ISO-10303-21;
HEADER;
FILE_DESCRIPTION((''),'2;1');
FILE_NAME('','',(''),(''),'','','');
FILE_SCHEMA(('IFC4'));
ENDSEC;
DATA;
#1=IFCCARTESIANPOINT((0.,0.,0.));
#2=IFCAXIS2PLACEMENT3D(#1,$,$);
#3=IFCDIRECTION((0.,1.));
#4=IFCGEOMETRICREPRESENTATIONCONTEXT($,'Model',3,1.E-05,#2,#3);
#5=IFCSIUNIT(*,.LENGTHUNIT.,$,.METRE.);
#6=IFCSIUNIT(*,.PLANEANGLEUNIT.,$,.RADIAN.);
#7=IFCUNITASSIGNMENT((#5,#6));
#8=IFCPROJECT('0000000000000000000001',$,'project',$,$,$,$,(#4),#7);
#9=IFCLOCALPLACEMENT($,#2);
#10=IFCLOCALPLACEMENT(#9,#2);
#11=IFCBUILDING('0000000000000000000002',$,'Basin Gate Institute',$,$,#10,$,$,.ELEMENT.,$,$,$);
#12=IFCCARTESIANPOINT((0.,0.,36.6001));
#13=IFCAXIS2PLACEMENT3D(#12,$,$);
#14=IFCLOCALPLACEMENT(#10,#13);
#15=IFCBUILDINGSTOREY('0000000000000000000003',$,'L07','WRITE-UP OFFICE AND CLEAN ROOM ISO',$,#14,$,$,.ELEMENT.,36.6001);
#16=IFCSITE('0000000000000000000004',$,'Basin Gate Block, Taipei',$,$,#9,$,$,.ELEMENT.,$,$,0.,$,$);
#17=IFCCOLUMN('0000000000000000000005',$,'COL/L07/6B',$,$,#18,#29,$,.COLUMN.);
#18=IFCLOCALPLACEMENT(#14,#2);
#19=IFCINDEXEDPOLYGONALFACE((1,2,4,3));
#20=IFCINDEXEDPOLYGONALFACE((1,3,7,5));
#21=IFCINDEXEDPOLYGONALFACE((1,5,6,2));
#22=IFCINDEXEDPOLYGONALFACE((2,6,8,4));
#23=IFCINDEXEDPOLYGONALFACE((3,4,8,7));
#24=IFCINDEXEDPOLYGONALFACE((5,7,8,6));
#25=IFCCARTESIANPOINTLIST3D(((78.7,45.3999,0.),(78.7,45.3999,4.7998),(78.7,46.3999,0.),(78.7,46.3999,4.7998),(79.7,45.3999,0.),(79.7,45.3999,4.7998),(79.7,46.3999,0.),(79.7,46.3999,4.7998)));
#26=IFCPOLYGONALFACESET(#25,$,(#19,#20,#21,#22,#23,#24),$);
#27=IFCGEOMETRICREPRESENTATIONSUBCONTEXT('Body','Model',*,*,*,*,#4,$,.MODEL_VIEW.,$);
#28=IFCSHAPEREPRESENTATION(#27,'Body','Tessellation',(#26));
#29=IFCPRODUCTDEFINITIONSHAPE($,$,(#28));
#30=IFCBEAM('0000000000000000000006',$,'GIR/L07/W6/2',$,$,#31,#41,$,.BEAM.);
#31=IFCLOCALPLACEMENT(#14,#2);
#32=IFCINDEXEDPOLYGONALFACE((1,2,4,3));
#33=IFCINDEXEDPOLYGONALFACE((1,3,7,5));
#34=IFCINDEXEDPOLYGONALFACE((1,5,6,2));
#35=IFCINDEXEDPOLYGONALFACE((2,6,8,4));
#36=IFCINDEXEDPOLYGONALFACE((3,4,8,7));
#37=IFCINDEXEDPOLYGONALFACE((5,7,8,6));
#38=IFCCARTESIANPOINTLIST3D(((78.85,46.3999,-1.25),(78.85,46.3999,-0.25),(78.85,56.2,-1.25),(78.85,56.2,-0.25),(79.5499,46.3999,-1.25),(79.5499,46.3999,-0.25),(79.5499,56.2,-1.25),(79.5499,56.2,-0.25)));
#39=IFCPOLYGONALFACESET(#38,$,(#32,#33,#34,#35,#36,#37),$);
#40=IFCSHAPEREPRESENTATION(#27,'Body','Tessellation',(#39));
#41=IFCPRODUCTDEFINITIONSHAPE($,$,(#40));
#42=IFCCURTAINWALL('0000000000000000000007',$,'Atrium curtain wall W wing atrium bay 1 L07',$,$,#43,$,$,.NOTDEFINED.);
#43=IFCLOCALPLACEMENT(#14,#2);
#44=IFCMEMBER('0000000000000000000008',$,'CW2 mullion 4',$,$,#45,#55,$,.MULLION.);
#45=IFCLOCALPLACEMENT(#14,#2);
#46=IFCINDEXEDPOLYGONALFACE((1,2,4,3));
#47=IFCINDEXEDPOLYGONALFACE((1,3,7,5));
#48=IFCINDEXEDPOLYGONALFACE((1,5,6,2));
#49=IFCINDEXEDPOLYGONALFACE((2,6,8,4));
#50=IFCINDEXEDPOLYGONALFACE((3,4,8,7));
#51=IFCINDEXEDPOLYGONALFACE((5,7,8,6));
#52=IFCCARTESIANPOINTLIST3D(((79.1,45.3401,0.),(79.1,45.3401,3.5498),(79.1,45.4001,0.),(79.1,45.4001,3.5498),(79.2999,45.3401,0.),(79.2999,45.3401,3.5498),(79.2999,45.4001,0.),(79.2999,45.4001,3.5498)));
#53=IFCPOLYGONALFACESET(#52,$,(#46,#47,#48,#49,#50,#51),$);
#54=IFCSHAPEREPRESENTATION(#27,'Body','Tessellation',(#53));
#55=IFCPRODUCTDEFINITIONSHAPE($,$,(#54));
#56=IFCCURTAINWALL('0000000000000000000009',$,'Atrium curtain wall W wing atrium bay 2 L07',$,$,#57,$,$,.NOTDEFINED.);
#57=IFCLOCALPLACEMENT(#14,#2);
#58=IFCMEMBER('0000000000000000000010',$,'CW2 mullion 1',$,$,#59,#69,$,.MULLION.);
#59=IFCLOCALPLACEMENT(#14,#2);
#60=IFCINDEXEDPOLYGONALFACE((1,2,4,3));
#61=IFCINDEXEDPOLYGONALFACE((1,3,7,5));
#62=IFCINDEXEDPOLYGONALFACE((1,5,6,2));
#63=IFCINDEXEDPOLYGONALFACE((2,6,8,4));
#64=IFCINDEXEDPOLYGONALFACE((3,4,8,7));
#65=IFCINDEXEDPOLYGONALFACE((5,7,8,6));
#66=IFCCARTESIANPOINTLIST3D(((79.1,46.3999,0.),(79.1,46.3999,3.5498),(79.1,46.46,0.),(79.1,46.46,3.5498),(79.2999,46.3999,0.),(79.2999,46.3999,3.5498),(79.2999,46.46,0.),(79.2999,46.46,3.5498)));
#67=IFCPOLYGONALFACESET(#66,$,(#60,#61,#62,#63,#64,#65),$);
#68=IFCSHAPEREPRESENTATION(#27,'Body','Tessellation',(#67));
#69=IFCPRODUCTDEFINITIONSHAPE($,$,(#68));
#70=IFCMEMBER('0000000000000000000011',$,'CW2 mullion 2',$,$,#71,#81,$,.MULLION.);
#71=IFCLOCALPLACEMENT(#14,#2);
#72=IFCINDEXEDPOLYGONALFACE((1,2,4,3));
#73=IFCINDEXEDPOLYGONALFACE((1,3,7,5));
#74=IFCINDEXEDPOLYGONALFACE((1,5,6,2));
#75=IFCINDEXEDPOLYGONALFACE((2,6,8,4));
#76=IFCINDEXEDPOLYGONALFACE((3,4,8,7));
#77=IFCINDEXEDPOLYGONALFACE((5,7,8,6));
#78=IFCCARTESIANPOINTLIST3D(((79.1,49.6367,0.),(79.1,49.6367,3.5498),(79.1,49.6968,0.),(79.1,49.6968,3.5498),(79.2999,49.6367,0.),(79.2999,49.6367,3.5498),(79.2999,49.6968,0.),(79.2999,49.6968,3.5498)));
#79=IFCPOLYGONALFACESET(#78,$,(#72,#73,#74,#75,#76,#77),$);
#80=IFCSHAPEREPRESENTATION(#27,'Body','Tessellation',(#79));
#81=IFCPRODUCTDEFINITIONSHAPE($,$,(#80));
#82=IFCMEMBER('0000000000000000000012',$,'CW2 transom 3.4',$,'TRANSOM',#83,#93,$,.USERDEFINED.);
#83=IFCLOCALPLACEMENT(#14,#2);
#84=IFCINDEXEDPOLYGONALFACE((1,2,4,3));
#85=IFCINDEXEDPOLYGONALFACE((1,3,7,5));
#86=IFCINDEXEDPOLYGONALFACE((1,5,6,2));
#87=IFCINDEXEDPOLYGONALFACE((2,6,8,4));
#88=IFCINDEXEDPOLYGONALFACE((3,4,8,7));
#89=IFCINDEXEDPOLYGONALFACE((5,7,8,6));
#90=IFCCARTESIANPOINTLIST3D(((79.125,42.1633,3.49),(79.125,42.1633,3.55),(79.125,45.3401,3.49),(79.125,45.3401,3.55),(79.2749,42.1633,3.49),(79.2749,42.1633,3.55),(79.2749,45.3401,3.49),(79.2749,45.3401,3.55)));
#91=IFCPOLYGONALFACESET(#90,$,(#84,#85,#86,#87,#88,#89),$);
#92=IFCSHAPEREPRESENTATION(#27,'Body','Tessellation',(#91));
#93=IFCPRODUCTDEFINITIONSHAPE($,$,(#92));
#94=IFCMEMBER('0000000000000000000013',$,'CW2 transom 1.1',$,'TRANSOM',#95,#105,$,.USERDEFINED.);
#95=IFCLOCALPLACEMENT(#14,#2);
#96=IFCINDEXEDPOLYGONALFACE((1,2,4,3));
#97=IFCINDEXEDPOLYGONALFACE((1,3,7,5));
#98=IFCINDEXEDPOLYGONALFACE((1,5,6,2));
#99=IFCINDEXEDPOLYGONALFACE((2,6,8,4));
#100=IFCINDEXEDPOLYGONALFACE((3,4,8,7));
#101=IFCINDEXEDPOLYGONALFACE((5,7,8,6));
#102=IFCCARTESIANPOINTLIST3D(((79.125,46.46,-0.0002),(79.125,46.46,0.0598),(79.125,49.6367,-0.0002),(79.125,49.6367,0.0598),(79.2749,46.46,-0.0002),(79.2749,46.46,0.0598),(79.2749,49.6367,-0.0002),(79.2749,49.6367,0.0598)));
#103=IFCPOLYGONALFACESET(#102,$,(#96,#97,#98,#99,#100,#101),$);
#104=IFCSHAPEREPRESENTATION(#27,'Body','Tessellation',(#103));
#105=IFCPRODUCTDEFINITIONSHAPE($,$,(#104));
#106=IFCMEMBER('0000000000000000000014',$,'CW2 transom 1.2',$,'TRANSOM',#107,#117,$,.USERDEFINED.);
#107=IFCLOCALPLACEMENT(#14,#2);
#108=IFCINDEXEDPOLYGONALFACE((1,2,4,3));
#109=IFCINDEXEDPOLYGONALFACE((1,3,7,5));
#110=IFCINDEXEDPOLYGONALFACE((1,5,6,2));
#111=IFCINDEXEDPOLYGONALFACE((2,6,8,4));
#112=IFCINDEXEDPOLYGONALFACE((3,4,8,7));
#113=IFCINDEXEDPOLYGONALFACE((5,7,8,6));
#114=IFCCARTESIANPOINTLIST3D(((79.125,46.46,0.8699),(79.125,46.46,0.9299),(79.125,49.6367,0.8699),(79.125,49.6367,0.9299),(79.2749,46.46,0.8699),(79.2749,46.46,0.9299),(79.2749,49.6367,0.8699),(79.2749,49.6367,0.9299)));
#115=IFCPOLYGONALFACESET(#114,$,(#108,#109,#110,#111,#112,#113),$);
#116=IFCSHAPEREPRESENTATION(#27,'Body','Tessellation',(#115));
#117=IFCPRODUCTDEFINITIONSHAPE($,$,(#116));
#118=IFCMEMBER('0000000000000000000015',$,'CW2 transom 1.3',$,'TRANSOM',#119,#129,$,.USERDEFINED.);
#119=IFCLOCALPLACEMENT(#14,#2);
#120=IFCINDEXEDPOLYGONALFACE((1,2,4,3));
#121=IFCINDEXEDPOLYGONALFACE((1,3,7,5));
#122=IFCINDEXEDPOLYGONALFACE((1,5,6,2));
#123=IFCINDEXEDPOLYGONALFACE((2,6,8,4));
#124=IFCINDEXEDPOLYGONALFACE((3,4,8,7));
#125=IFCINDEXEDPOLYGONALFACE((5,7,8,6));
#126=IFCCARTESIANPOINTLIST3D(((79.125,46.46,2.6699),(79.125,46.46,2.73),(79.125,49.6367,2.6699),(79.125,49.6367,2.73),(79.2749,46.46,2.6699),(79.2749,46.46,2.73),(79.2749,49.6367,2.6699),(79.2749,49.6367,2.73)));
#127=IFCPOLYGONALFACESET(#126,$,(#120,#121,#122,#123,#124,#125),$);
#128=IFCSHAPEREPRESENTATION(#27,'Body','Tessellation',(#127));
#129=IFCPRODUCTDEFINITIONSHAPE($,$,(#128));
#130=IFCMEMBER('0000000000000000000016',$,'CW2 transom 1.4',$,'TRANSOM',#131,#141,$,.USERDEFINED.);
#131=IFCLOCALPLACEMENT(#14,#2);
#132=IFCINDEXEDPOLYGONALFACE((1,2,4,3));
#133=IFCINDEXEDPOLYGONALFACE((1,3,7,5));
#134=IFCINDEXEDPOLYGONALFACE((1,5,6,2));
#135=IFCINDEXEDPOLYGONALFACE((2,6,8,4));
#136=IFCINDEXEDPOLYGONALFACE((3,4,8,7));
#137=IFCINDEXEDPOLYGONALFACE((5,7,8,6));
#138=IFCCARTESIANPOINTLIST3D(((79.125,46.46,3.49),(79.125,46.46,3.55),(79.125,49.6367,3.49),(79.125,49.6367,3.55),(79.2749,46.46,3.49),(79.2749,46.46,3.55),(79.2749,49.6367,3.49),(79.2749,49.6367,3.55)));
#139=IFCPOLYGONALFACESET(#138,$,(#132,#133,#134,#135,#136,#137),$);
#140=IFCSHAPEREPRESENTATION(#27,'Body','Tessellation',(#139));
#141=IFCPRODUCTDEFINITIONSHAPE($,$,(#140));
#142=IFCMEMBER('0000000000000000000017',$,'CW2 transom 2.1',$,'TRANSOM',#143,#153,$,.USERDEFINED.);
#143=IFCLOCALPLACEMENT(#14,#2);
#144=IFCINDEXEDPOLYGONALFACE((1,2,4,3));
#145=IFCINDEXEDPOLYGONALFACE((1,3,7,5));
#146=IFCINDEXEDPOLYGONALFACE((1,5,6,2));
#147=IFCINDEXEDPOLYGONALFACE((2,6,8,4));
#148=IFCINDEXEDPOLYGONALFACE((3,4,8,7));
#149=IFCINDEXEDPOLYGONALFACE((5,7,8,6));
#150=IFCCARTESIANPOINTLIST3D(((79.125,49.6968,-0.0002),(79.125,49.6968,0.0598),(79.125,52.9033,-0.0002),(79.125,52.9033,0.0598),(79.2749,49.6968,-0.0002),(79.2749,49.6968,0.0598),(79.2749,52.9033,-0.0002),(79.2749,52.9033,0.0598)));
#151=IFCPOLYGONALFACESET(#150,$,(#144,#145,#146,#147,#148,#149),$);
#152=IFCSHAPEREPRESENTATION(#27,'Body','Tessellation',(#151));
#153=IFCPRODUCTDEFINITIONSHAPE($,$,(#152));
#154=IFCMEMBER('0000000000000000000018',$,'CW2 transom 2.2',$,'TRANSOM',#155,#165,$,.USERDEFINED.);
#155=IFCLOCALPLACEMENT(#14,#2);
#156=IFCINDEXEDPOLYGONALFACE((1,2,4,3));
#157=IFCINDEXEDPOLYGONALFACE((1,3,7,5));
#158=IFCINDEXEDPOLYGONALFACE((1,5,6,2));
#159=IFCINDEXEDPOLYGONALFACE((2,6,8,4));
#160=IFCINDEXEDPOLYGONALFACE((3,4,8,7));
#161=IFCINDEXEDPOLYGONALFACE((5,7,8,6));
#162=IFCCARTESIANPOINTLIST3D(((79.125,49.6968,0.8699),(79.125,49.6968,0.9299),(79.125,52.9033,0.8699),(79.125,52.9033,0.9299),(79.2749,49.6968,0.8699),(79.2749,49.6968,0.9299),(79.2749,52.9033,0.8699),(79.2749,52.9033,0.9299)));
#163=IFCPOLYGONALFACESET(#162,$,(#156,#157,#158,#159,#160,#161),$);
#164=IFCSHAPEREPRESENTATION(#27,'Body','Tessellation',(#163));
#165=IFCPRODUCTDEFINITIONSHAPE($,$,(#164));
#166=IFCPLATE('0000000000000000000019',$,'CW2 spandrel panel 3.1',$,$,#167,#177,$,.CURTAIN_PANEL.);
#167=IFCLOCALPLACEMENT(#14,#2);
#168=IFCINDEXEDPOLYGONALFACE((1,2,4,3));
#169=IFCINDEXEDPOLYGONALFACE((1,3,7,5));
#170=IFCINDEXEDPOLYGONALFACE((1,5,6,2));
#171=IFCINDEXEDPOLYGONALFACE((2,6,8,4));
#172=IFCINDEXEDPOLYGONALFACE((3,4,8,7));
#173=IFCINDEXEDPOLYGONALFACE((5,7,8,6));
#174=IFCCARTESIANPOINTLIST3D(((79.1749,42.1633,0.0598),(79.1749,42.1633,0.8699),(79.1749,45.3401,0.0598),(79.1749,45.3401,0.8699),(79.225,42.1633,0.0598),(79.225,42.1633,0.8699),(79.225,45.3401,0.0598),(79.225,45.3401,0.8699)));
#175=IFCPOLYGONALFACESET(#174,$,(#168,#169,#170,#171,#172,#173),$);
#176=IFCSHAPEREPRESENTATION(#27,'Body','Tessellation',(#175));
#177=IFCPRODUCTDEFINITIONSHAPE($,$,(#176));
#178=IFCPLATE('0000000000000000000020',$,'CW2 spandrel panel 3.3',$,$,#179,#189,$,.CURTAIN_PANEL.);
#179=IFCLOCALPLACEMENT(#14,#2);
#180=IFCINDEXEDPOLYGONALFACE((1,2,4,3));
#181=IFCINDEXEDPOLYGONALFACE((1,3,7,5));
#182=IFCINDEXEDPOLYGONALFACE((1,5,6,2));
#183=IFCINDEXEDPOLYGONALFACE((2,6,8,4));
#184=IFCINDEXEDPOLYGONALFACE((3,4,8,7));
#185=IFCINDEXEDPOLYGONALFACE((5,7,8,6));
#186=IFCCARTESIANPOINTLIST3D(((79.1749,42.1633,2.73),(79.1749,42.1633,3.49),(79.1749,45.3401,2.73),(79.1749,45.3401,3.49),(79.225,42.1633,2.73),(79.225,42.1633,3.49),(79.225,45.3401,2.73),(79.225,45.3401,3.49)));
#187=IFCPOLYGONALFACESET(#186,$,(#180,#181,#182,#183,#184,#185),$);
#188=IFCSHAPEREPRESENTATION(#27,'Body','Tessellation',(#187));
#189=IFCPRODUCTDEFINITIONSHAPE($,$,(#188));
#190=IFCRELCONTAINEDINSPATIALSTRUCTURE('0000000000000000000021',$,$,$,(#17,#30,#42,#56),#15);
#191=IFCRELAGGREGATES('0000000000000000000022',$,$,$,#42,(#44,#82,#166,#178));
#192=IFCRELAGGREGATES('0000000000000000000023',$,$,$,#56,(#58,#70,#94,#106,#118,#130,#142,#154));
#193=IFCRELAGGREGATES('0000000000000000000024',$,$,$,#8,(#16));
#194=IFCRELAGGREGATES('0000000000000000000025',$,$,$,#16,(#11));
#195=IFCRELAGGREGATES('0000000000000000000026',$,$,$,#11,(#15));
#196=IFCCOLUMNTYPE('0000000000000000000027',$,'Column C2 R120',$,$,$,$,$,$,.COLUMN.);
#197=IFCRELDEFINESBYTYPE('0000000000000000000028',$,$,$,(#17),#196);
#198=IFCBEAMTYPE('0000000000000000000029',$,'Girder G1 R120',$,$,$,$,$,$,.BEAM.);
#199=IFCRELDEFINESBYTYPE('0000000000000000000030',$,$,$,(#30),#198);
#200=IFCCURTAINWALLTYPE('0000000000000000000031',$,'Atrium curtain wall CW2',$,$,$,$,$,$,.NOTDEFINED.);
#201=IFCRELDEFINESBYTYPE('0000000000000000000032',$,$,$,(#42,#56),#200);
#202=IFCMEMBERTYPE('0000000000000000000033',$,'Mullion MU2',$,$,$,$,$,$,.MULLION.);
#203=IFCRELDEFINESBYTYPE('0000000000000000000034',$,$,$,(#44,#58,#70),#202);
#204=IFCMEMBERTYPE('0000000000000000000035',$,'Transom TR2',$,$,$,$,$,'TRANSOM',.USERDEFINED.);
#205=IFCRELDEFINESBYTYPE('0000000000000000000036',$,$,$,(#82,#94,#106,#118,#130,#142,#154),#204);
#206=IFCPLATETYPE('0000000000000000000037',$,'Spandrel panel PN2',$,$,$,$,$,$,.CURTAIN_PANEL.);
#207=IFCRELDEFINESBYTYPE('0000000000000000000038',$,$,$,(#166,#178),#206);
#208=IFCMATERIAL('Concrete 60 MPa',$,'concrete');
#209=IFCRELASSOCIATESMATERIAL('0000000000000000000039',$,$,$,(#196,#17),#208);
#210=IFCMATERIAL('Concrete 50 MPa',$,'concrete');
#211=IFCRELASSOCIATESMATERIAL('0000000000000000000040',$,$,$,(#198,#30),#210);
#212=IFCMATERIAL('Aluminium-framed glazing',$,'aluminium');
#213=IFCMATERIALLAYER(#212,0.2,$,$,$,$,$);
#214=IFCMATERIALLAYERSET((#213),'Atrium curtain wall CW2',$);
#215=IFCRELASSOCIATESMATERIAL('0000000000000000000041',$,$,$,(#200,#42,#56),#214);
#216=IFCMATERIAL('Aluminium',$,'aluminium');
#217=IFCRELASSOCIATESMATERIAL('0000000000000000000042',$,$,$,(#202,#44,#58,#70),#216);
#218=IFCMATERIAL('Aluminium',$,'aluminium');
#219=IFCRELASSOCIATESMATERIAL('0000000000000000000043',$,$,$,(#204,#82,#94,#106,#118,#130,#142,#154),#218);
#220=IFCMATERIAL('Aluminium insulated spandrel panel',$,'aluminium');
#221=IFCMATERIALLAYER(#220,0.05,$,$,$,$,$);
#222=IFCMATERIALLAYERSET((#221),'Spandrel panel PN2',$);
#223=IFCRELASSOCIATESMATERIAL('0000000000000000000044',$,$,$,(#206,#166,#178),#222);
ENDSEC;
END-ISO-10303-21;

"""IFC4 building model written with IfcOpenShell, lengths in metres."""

from ifc_helpers import new_model, si_unit, direction, frame, origin, origin_2d, place, context, subcontext, project, spatial, rectangle, extrude, material, layer, layer_set, material_profile, profile_set, type_object, element, aggregate, save


model = new_model("IFC4")

# Units and contexts
model_context = context("Model", 3, precision=1e-05, world=origin(), true_north=direction((0.0, 1.0)))
body_context = subcontext(model_context, "Body", "Model", "MODEL_VIEW")
ifc_project = project(units=[si_unit("LENGTHUNIT", "METRE"), si_unit("PLANEANGLEUNIT", "RADIAN")], contexts=[model_context])

# Site, building, storey
site_placement = place(None, origin())
site = spatial("IfcSite", under=ifc_project, at=site_placement, Name="Basin Gate Block, Taipei", CompositionType="ELEMENT", RefElevation=0.0)
building_placement = place(site_placement, origin())
building = spatial("IfcBuilding", under=site, at=building_placement, Name="Basin Gate Institute", CompositionType="ELEMENT")
storey_placement = place(building_placement, frame((0.0, 0.0, 36.6001)))
storey = spatial("IfcBuildingStorey", under=building, at=storey_placement, Name="L07", Description="WRITE-UP OFFICE AND CLEAN ROOM ISO", CompositionType="ELEMENT", Elevation=36.6001)

# Column
ifc_material_1 = material(Name="Concrete 60 MPa", Category="concrete")
ifc_material_profile_1 = material_profile(ifc_material_1, rectangle(XDim=1.0, YDim=1.0, at=origin_2d()), Name="Column C2 1000 x 1000")
ifc_profile_set_1 = profile_set([ifc_material_profile_1], Name="Concrete 60 MPa")
column_type = type_object("IfcColumnType", Name="Column C2 R120", PredefinedType="COLUMN", material=ifc_profile_set_1)
column_placement = place(storey_placement, frame((79.2, 45.8999, 0.0), z_axis=(0.0, 0.0, 1.0), x_axis=(1.0, 0.0, 0.0)))
element("IfcColumn", 1, at=column_placement, inside=storey, type_object=column_type, material=ifc_profile_set_1, Name="COL/L07/6B", PredefinedType="COLUMN", context=body_context, shape_type="SweptSolid", body=[
    extrude(rectangle(XDim=1.0, YDim=1.0, at=origin_2d()), origin(), (0.0, 0.0, 1.0), 4.7998),
])

# Beam
ifc_material_2 = material(Name="Concrete 50 MPa", Category="concrete")
ifc_material_profile_2 = material_profile(ifc_material_2, rectangle(XDim=0.7, YDim=1.0, at=origin_2d()), Name="Girder G1 700 x 1000")
ifc_profile_set_2 = profile_set([ifc_material_profile_2], Name="Concrete 50 MPa")
beam_type = type_object("IfcBeamType", Name="Girder G1 R120", PredefinedType="BEAM", material=ifc_profile_set_2)
beam_placement = place(storey_placement, frame((79.2, 46.3999, -0.75), z_axis=(0.0, 1.0, 0.0), x_axis=(-1.0, 0.0, 0.0)))
element("IfcBeam", 2, at=beam_placement, inside=storey, type_object=beam_type, material=ifc_profile_set_2, Name="GIR/L07/W6/2", PredefinedType="BEAM", context=body_context, shape_type="SweptSolid", body=[
    extrude(rectangle(XDim=0.7, YDim=1.0, at=origin_2d()), origin(), (0.0, 0.0, 1.0), 9.8),
])

# Curtain wall, member
ifc_material_3 = material(Name="Aluminium-framed glazing", Category="aluminium")
ifc_layer_1 = layer(ifc_material_3, 0.2)
ifc_layer_set_1 = layer_set([ifc_layer_1], Name="Atrium curtain wall CW2")
curtain_wall_type = type_object("IfcCurtainWallType", Name="Atrium curtain wall CW2", PredefinedType="NOTDEFINED", material=ifc_layer_set_1)
curtain_wall_1_placement = place(storey_placement, origin())
curtain_wall_1 = element("IfcCurtainWall", 3, at=curtain_wall_1_placement, inside=storey, type_object=curtain_wall_type, material=ifc_layer_set_1, Name="Atrium curtain wall W wing atrium bay 1 L07", PredefinedType="NOTDEFINED")
ifc_material_4 = material(Name="Aluminium", Category="aluminium")
ifc_material_profile_3 = material_profile(ifc_material_4, rectangle(XDim=0.2, YDim=0.0601, at=origin_2d()), Name="Mullion MU2 200 x 60")
ifc_profile_set_3 = profile_set([ifc_material_profile_3], Name="Aluminium")
member_type_1 = type_object("IfcMemberType", Name="Mullion MU2", PredefinedType="MULLION", material=ifc_profile_set_3)
member_1_placement = place(storey_placement, frame((79.2, 45.3701, 0.0), z_axis=(0.0, 0.0, 1.0), x_axis=(-1.0, 0.0, 0.0)))
member_1 = element("IfcMember", 4, at=member_1_placement, type_object=member_type_1, material=ifc_profile_set_3, Name="CW2 mullion 4", PredefinedType="MULLION", context=body_context, shape_type="SweptSolid", body=[
    extrude(rectangle(XDim=0.2, YDim=0.0601, at=origin_2d()), origin(), (0.0, 0.0, 1.0), 3.5498),
])

# Curtain wall, members
curtain_wall_2_placement = place(storey_placement, origin())
curtain_wall_2 = element("IfcCurtainWall", 5, at=curtain_wall_2_placement, inside=storey, type_object=curtain_wall_type, material=ifc_layer_set_1, Name="Atrium curtain wall W wing atrium bay 2 L07", PredefinedType="NOTDEFINED")
member_2_placement = place(storey_placement, frame((79.2, 46.4299, 0.0), z_axis=(0.0, 0.0, 1.0), x_axis=(-1.0, 0.0, 0.0)))
member_2 = element("IfcMember", 6, at=member_2_placement, type_object=member_type_1, material=ifc_profile_set_3, Name="CW2 mullion 1", PredefinedType="MULLION", context=body_context, shape_type="SweptSolid", body=[
    extrude(rectangle(XDim=0.2, YDim=0.0601, at=origin_2d()), origin(), (0.0, 0.0, 1.0), 3.5498),
])
member_3_placement = place(storey_placement, frame((79.2, 49.6667, 0.0), z_axis=(0.0, 0.0, 1.0), x_axis=(-1.0, 0.0, 0.0)))
member_3 = element("IfcMember", 7, at=member_3_placement, type_object=member_type_1, material=ifc_profile_set_3, Name="CW2 mullion 2", PredefinedType="MULLION", context=body_context, shape_type="SweptSolid", body=[
    extrude(rectangle(XDim=0.2, YDim=0.0601, at=origin_2d()), origin(), (0.0, 0.0, 1.0), 3.5498),
])

# Members
ifc_material_5 = material(Name="Aluminium", Category="aluminium")
ifc_material_profile_4 = material_profile(ifc_material_5, rectangle(XDim=0.1499, YDim=0.0601, at=origin_2d()), Name="Transom TR2 150 x 60")
ifc_profile_set_4 = profile_set([ifc_material_profile_4], Name="Aluminium")
member_type_2 = type_object("IfcMemberType", Name="Transom TR2", ElementType="TRANSOM", PredefinedType="USERDEFINED", material=ifc_profile_set_4)
member_4_placement = place(storey_placement, frame((79.2, 42.1633, 3.52), z_axis=(0.0, 1.0, 0.0), x_axis=(-1.0, 0.0, 0.0)))
member_4 = element("IfcMember", 8, at=member_4_placement, type_object=member_type_2, material=ifc_profile_set_4, Name="CW2 transom 3.4", ObjectType="TRANSOM", PredefinedType="USERDEFINED", context=body_context, shape_type="SweptSolid", body=[
    extrude(rectangle(XDim=0.1499, YDim=0.0601, at=origin_2d()), origin(), (0.0, 0.0, 1.0), 3.1768),
])
member_5_placement = place(storey_placement, frame((79.2, 46.46, 0.0298), z_axis=(0.0, 1.0, 0.0), x_axis=(-1.0, 0.0, 0.0)))
member_5 = element("IfcMember", 9, at=member_5_placement, type_object=member_type_2, material=ifc_profile_set_4, Name="CW2 transom 1.1", ObjectType="TRANSOM", PredefinedType="USERDEFINED", context=body_context, shape_type="SweptSolid", body=[
    extrude(rectangle(XDim=0.1499, YDim=0.0601, at=origin_2d()), origin(), (0.0, 0.0, 1.0), 3.1768),
])
member_6_placement = place(storey_placement, frame((79.2, 46.46, 0.8999), z_axis=(0.0, 1.0, 0.0), x_axis=(-1.0, 0.0, 0.0)))
member_6 = element("IfcMember", 10, at=member_6_placement, type_object=member_type_2, material=ifc_profile_set_4, Name="CW2 transom 1.2", ObjectType="TRANSOM", PredefinedType="USERDEFINED", context=body_context, shape_type="SweptSolid", body=[
    extrude(rectangle(XDim=0.1499, YDim=0.0601, at=origin_2d()), origin(), (0.0, 0.0, 1.0), 3.1768),
])
member_7_placement = place(storey_placement, frame((79.2, 46.46, 2.7), z_axis=(0.0, 1.0, 0.0), x_axis=(-1.0, 0.0, 0.0)))
member_7 = element("IfcMember", 11, at=member_7_placement, type_object=member_type_2, material=ifc_profile_set_4, Name="CW2 transom 1.3", ObjectType="TRANSOM", PredefinedType="USERDEFINED", context=body_context, shape_type="SweptSolid", body=[
    extrude(rectangle(XDim=0.1499, YDim=0.0601, at=origin_2d()), origin(), (0.0, 0.0, 1.0), 3.1768),
])
member_8_placement = place(storey_placement, frame((79.2, 46.46, 3.52), z_axis=(0.0, 1.0, 0.0), x_axis=(-1.0, 0.0, 0.0)))
member_8 = element("IfcMember", 12, at=member_8_placement, type_object=member_type_2, material=ifc_profile_set_4, Name="CW2 transom 1.4", ObjectType="TRANSOM", PredefinedType="USERDEFINED", context=body_context, shape_type="SweptSolid", body=[
    extrude(rectangle(XDim=0.1499, YDim=0.0601, at=origin_2d()), origin(), (0.0, 0.0, 1.0), 3.1768),
])
member_9_placement = place(storey_placement, frame((79.2, 49.6968, 0.0298), z_axis=(0.0, 1.0, 0.0), x_axis=(-1.0, 0.0, 0.0)))
member_9 = element("IfcMember", 13, at=member_9_placement, type_object=member_type_2, material=ifc_profile_set_4, Name="CW2 transom 2.1", ObjectType="TRANSOM", PredefinedType="USERDEFINED", context=body_context, shape_type="SweptSolid", body=[
    extrude(rectangle(XDim=0.1499, YDim=0.0601, at=origin_2d()), origin(), (0.0, 0.0, 1.0), 3.2065),
])
member_10_placement = place(storey_placement, frame((79.2, 49.6968, 0.8999), z_axis=(0.0, 1.0, 0.0), x_axis=(-1.0, 0.0, 0.0)))
member_10 = element("IfcMember", 14, at=member_10_placement, type_object=member_type_2, material=ifc_profile_set_4, Name="CW2 transom 2.2", ObjectType="TRANSOM", PredefinedType="USERDEFINED", context=body_context, shape_type="SweptSolid", body=[
    extrude(rectangle(XDim=0.1499, YDim=0.0601, at=origin_2d()), origin(), (0.0, 0.0, 1.0), 3.2065),
])

# Plates
ifc_material_6 = material(Name="Aluminium insulated spandrel panel", Category="aluminium")
ifc_layer_2 = layer(ifc_material_6, 0.05)
ifc_layer_set_2 = layer_set([ifc_layer_2], Name="Spandrel panel PN2")
plate_type_1 = type_object("IfcPlateType", Name="Spandrel panel PN2", PredefinedType="CURTAIN_PANEL", material=ifc_layer_set_2)
plate_1_placement = place(storey_placement, frame((79.2, 43.7517, 0.0598), z_axis=(0.0, 0.0, 1.0), x_axis=(0.0, 1.0, 0.0)))
plate_1 = element("IfcPlate", 15, at=plate_1_placement, type_object=plate_type_1, material=ifc_layer_set_2, Name="CW2 spandrel panel 3.1", PredefinedType="CURTAIN_PANEL", context=body_context, shape_type="SweptSolid", body=[
    extrude(rectangle(XDim=3.1768, YDim=0.05, at=origin_2d()), origin(), (0.0, 0.0, 1.0), 0.8101),
])
plate_2_placement = place(storey_placement, frame((79.2, 43.7517, 2.73), z_axis=(0.0, 0.0, 1.0), x_axis=(0.0, 1.0, 0.0)))
plate_2 = element("IfcPlate", 16, at=plate_2_placement, type_object=plate_type_1, material=ifc_layer_set_2, Name="CW2 spandrel panel 3.3", PredefinedType="CURTAIN_PANEL", context=body_context, shape_type="SweptSolid", body=[
    extrude(rectangle(XDim=3.1768, YDim=0.05, at=origin_2d()), origin(), (0.0, 0.0, 1.0), 0.76),
])
aggregate(curtain_wall_1, [member_1, member_4, plate_1, plate_2])
aggregate(curtain_wall_2, [member_2, member_3, member_5, member_6, member_7, member_8, member_9, member_10])

save(model, "model.ifc")
